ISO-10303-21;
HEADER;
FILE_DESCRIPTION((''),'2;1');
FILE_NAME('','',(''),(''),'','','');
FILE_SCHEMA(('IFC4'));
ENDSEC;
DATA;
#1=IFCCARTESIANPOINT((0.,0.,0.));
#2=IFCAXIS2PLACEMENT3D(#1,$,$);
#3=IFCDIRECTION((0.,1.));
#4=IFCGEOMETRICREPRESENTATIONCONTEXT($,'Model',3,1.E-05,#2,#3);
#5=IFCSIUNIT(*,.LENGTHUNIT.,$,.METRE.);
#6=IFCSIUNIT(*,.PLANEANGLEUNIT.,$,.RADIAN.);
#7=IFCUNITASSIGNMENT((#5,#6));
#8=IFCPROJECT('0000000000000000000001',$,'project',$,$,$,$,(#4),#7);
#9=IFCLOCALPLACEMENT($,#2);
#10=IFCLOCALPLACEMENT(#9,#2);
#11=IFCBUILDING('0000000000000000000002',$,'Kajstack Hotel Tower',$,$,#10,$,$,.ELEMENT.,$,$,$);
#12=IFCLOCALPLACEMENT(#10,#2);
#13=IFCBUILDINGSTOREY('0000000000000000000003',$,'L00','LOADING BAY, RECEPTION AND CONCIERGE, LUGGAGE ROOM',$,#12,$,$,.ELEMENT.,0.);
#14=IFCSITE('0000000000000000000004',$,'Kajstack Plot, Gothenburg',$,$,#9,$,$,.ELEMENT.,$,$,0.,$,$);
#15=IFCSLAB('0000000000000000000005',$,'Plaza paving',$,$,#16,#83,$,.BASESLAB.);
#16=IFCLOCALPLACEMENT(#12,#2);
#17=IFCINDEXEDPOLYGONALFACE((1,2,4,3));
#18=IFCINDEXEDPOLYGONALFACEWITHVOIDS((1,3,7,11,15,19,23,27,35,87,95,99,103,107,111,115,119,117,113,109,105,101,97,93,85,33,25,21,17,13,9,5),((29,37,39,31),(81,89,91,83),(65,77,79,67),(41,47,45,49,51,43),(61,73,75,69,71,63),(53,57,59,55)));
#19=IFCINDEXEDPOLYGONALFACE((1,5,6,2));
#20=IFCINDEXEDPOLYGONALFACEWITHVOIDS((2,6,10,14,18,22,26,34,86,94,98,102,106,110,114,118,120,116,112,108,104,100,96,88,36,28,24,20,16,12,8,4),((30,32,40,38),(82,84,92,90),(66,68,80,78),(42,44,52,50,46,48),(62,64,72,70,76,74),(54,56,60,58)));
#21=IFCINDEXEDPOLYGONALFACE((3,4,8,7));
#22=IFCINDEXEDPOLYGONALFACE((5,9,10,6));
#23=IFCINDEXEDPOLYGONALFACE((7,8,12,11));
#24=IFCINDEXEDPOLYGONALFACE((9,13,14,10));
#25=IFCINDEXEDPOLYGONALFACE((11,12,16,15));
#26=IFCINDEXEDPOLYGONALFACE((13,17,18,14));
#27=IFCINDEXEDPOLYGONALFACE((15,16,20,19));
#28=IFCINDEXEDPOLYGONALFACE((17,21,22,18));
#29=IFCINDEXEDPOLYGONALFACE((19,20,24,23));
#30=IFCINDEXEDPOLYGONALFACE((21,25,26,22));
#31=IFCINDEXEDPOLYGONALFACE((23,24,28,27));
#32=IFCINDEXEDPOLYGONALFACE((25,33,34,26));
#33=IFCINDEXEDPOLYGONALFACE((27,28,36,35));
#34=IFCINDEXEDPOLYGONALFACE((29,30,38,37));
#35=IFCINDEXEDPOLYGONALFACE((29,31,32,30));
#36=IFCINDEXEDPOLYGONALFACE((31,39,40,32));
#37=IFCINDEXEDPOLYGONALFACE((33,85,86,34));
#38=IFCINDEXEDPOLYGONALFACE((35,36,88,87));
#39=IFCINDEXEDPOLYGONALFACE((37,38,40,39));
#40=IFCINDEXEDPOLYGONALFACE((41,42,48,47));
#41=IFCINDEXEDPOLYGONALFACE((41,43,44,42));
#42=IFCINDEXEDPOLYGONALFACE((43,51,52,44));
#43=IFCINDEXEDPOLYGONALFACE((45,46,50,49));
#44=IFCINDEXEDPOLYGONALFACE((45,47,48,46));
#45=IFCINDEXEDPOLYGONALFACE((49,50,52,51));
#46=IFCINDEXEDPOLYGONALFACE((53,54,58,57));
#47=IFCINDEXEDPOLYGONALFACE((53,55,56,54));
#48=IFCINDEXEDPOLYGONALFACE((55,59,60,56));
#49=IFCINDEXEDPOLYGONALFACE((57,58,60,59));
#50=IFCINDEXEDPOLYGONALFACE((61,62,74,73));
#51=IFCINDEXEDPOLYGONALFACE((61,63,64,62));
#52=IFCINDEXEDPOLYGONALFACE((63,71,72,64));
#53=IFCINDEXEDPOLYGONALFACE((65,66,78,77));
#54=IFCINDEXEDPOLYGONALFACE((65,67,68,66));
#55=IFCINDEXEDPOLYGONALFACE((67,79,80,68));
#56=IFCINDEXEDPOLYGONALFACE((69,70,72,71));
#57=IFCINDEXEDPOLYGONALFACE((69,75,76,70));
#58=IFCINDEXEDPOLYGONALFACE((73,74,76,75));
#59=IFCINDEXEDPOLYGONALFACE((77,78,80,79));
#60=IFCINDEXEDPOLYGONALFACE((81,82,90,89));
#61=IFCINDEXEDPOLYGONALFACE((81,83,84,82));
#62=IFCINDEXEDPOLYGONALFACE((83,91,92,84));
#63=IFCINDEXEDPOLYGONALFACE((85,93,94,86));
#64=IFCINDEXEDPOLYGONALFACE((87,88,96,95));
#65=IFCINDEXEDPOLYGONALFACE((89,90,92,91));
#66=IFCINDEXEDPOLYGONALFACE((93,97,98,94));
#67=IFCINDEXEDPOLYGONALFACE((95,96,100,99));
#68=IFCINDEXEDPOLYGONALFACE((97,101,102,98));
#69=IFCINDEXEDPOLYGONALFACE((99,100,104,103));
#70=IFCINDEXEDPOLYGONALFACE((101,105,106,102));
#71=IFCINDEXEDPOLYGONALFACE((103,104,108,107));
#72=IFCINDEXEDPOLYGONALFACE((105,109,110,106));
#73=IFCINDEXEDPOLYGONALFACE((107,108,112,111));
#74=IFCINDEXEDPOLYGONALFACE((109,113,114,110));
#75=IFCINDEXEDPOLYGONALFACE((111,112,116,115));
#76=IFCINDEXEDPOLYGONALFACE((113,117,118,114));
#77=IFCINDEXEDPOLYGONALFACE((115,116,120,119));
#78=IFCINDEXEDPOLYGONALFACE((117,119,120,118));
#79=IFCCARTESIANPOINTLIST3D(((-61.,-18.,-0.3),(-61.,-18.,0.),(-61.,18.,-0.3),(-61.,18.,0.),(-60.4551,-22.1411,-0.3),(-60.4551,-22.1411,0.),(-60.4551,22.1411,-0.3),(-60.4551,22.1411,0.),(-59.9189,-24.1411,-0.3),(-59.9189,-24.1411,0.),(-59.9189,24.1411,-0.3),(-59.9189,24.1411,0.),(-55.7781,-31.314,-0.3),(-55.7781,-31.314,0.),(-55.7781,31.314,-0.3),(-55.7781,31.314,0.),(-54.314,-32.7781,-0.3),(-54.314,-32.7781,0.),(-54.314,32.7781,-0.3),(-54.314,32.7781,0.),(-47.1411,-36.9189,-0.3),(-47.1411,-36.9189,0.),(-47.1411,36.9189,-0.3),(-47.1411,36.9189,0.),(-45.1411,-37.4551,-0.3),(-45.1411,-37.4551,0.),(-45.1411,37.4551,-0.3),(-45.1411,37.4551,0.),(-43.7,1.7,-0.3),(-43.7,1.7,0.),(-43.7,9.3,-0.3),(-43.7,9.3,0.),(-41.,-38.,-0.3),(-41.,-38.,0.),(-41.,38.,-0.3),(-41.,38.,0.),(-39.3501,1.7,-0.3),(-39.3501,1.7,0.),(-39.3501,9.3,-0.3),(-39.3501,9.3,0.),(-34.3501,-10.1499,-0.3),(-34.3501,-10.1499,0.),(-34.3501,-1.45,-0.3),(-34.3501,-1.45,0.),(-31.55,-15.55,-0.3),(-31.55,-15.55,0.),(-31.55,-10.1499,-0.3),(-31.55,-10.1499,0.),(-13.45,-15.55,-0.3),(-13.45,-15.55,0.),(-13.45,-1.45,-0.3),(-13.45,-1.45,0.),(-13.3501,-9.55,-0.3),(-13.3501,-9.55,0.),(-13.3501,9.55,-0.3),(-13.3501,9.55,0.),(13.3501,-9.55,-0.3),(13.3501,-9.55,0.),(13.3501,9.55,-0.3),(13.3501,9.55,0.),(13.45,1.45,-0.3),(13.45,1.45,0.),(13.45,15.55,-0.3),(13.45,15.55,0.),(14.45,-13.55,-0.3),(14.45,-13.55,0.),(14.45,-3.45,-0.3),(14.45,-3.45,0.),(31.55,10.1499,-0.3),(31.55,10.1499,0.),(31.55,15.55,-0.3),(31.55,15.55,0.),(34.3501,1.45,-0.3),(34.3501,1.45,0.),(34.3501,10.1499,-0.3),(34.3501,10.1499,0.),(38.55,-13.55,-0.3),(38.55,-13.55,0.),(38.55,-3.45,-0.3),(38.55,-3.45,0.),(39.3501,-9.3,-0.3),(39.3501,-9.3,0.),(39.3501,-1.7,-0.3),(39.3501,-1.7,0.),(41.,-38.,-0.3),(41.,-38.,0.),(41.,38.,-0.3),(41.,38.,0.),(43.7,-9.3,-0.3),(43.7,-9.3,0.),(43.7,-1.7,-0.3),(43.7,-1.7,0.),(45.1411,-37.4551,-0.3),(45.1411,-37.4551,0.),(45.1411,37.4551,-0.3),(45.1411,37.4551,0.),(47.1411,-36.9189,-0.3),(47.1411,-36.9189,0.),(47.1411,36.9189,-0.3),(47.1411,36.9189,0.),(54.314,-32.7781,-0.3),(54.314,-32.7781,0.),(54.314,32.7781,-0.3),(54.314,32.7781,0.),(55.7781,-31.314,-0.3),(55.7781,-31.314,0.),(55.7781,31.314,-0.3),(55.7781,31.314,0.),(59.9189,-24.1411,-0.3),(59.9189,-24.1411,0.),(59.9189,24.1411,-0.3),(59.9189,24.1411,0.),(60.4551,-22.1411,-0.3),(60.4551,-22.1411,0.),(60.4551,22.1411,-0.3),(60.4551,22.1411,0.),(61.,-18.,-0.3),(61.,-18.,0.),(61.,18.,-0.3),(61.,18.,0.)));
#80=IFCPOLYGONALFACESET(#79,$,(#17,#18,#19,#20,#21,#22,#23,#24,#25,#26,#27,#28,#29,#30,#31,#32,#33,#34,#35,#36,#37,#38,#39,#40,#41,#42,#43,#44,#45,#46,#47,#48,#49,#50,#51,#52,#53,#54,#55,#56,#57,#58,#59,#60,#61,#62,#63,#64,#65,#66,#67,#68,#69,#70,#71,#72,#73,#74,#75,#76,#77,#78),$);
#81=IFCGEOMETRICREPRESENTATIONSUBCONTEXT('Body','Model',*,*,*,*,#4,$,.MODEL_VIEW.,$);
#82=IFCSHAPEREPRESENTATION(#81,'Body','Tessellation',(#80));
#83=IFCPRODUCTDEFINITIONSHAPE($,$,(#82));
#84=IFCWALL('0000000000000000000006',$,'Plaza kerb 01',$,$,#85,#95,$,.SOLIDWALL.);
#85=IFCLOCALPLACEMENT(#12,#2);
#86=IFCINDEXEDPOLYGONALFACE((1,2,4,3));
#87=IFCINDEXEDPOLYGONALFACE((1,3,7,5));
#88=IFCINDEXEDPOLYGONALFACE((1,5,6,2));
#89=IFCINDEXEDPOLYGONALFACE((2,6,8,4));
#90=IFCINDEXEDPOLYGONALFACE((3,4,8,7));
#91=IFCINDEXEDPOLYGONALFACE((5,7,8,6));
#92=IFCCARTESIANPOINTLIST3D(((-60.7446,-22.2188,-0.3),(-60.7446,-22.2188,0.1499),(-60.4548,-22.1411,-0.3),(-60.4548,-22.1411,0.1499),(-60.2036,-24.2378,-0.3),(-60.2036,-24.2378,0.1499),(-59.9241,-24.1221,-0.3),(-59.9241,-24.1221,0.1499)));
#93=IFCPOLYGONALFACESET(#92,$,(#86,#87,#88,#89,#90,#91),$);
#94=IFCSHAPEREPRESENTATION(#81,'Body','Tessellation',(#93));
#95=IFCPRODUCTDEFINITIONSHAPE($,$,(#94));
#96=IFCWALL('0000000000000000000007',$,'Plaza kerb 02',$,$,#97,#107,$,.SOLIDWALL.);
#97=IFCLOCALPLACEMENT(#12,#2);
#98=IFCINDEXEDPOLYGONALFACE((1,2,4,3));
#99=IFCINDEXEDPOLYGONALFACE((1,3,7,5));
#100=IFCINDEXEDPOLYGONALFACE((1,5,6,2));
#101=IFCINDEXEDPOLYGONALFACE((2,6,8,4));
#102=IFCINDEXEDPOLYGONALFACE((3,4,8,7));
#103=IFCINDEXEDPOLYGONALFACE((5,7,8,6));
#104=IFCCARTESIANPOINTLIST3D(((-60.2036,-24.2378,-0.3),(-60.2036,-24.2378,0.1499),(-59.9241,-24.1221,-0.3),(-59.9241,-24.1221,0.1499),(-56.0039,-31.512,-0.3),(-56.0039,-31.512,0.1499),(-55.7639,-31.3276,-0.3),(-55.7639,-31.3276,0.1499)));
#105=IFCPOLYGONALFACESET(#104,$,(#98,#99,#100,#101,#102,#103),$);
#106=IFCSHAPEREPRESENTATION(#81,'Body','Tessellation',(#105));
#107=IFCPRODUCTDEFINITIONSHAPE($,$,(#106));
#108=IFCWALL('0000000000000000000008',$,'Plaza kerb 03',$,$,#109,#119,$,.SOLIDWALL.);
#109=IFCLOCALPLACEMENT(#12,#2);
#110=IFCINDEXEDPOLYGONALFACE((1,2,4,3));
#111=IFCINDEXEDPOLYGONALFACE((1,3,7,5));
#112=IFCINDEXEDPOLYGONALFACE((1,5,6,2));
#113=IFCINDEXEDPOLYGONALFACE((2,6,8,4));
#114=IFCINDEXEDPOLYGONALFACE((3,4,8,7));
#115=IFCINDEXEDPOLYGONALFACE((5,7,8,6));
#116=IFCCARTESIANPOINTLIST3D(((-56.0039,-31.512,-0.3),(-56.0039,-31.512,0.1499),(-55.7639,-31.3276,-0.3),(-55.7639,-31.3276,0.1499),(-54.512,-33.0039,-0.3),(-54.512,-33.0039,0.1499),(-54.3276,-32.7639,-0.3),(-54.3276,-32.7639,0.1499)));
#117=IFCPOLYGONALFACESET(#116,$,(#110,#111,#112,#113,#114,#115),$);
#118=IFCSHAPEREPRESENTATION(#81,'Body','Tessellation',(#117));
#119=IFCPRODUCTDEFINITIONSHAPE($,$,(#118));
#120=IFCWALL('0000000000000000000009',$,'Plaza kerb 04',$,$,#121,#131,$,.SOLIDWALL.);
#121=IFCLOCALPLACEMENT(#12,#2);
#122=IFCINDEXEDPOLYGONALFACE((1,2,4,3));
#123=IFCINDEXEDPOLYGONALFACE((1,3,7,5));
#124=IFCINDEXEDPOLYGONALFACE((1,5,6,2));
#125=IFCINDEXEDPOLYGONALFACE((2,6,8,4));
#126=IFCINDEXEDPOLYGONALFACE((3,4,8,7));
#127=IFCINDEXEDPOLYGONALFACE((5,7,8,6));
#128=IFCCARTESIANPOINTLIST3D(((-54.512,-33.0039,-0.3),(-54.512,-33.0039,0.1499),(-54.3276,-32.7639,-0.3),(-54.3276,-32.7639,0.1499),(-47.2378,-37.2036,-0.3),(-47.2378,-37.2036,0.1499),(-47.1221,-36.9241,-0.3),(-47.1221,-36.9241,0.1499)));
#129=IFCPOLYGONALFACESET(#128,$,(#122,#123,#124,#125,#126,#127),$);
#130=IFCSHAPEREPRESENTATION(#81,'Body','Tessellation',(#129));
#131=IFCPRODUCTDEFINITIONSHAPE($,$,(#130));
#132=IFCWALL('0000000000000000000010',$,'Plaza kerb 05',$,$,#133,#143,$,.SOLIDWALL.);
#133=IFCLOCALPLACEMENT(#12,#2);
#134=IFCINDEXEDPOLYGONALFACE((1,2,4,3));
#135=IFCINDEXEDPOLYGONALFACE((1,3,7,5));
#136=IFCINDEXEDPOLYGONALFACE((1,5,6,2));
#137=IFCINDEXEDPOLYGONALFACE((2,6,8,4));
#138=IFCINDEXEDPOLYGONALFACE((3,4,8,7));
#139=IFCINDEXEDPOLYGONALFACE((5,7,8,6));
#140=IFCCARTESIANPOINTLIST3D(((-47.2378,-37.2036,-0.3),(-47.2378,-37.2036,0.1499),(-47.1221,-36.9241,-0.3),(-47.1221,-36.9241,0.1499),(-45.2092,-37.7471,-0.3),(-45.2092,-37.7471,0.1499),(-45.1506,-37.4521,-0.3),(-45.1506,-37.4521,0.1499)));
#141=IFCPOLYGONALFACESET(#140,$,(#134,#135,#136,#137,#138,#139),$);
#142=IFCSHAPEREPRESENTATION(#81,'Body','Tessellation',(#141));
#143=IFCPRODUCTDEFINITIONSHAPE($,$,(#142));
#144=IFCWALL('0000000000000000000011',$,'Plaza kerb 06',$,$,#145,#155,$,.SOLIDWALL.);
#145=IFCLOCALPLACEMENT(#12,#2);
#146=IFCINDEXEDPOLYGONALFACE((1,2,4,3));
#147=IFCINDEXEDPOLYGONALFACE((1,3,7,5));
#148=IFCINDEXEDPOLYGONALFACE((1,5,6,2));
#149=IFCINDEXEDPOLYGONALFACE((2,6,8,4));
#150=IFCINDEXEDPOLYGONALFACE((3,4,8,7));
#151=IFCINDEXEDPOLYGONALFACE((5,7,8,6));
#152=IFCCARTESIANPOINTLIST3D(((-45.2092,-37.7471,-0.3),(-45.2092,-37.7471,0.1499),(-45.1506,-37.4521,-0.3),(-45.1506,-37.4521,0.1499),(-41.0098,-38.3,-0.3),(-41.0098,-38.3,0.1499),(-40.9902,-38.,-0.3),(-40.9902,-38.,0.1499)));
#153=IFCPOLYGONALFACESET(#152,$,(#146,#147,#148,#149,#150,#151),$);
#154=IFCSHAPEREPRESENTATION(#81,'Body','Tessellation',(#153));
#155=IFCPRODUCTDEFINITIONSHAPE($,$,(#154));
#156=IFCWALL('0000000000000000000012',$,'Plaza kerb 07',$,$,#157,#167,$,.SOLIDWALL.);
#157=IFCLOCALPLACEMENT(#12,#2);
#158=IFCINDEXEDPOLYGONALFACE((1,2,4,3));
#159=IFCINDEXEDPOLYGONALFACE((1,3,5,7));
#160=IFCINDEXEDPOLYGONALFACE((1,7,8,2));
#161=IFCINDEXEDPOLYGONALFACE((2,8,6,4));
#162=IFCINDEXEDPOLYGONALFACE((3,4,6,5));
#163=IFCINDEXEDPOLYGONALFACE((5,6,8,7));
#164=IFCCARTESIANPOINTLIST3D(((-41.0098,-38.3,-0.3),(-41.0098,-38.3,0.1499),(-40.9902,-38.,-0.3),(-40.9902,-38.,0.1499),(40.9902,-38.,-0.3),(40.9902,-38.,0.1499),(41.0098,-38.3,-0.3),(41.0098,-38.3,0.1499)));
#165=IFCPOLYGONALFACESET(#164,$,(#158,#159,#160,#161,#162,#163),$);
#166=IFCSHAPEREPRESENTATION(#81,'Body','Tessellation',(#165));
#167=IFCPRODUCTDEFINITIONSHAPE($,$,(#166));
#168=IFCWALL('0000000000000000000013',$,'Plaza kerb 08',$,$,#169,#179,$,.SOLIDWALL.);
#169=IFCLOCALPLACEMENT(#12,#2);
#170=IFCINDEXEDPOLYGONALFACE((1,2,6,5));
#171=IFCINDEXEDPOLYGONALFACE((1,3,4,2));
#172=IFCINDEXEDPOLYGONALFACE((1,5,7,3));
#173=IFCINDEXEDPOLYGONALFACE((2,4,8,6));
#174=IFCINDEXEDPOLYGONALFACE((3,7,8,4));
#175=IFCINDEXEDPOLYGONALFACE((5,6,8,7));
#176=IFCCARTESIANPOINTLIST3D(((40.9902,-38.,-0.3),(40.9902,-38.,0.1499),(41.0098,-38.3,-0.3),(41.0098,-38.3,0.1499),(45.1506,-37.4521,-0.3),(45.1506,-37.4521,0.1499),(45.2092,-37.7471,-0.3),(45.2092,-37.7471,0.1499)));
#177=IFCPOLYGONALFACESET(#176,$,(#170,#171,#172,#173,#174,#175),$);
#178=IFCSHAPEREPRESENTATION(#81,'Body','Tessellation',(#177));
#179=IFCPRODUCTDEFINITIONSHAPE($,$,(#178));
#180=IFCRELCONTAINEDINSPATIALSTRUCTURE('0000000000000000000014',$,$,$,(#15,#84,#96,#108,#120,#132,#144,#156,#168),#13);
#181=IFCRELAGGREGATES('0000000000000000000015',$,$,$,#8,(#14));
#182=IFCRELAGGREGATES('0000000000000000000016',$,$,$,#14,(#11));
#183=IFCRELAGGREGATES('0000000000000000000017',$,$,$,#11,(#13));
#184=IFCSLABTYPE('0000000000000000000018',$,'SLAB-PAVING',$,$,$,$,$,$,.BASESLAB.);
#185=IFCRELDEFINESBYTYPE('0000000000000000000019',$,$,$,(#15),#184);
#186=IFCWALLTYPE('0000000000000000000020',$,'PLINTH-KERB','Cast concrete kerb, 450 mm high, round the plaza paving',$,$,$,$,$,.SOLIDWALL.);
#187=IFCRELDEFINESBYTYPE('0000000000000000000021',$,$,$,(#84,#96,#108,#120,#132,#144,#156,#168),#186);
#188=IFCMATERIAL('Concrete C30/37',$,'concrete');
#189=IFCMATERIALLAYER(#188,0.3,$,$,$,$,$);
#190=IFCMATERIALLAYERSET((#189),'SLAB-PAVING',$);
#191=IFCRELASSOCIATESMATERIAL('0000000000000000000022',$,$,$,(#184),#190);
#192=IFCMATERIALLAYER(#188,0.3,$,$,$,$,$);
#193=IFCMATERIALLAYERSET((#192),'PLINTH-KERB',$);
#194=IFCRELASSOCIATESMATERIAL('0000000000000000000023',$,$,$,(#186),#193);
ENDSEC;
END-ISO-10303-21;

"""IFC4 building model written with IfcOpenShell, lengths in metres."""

from ifc_helpers import new_model, si_unit, direction, frame, origin, place, context, subcontext, project, spatial, polyline, outline, extrude, material, layer, layer_set, type_object, element, save


model = new_model("IFC4")

# Units and contexts
model_context = context("Model", 3, precision=1e-05, world=origin(), true_north=direction((0.0, 1.0)))
body_context = subcontext(model_context, "Body", "Model", "MODEL_VIEW")
ifc_project = project(units=[si_unit("LENGTHUNIT", "METRE"), si_unit("PLANEANGLEUNIT", "RADIAN")], contexts=[model_context])

# Site, building, storey
site_placement = place(None, origin())
site = spatial("IfcSite", under=ifc_project, at=site_placement, Name="Kajstack Plot, Gothenburg", CompositionType="ELEMENT", RefElevation=0.0)
building_placement = place(site_placement, origin())
building = spatial("IfcBuilding", under=site, at=building_placement, Name="Kajstack Hotel Tower", CompositionType="ELEMENT")
storey_placement = place(building_placement, origin())
storey = spatial("IfcBuildingStorey", under=building, at=storey_placement, Name="L00", Description="LOADING BAY, RECEPTION AND CONCIERGE, LUGGAGE ROOM", CompositionType="ELEMENT", Elevation=0.0)

# Slab
ifc_material_1 = material(Name="Concrete C30/37", Category="concrete")
ifc_layer_1 = layer(ifc_material_1, 0.3)
ifc_layer_set_1 = layer_set([ifc_layer_1], Name="SLAB-PAVING")
slab_type = type_object("IfcSlabType", Name="SLAB-PAVING", PredefinedType="BASESLAB", material=ifc_layer_set_1)
slab_placement = place(storey_placement, frame((0.0, 0.0, -0.3)))
element("IfcSlab", 1, at=slab_placement, inside=storey, type_object=slab_type, Name="Plaza paving", PredefinedType="BASESLAB", context=body_context, shape_type="SweptSolid", body=[
    extrude(outline(polyline([(-60.4551, -22.1411), (-59.9189, -24.1411), (-55.7781, -31.314), (-54.314, -32.7781), (-47.1411, -36.9189), (-45.1411, -37.4551), (-41.0, -38.0), (41.0, -38.0), (45.1411, -37.4551), (47.1411, -36.9189), (54.314, -32.7781), (55.7781, -31.314), (59.9189, -24.1411), (60.4551, -22.1411), (61.0, -18.0), (61.0, 18.0), (60.4551, 22.1411), (59.9189, 24.1411), (55.7781, 31.314), (54.314, 32.7781), (47.1411, 36.9189), (45.1411, 37.4551), (41.0, 38.0), (-41.0, 38.0), (-45.1411, 37.4551), (-47.1411, 36.9189), (-54.314, 32.7781), (-55.7781, 31.314), (-59.9189, 24.1411), (-60.4551, 22.1411), (-61.0, 18.0), (-61.0, -18.0), (-60.4551, -22.1411)]), holes=[polyline([(13.3501, -9.55), (-13.3501, -9.55), (-13.3501, 9.55), (13.3501, 9.55), (13.3501, -9.55)]), polyline([(38.55, -13.55), (14.45, -13.55), (14.45, -3.45), (38.55, -3.45), (38.55, -13.55)]), polyline([(-13.45, -1.45), (-13.45, -15.55), (-31.55, -15.55), (-31.55, -10.1499), (-34.3501, -10.1499), (-34.3501, -1.45), (-13.45, -1.45)]), polyline([(13.45, 1.45), (13.45, 15.55), (31.55, 15.55), (31.55, 10.1499), (34.3501, 10.1499), (34.3501, 1.45), (13.45, 1.45)]), polyline([(-39.3501, 1.7), (-43.7, 1.7), (-43.7, 9.3), (-39.3501, 9.3), (-39.3501, 1.7)]), polyline([(39.3501, -1.7), (43.7, -1.7), (43.7, -9.3), (39.3501, -9.3), (39.3501, -1.7)])]), origin(), (0.0, 0.0, 1.0), 0.3),
])

# Walls
ifc_layer_2 = layer(ifc_material_1, 0.3)
ifc_layer_set_2 = layer_set([ifc_layer_2], Name="PLINTH-KERB")
wall_type_1 = type_object("IfcWallType", Name="PLINTH-KERB", Description="Cast concrete kerb, 450 mm high, round the plaza paving", PredefinedType="SOLIDWALL", material=ifc_layer_set_2)
wall_1_placement = place(storey_placement, frame((0.0, 0.0, -0.3)))
element("IfcWall", 2, at=wall_1_placement, inside=storey, type_object=wall_type_1, Name="Plaza kerb 01", PredefinedType="SOLIDWALL", context=body_context, shape_type="SweptSolid", body=[
    extrude(outline(polyline([(-60.4548, -22.1411), (-59.9241, -24.1221), (-60.2036, -24.2378), (-60.7446, -22.2188), (-60.4548, -22.1411)])), origin(), (0.0, 0.0, 1.0), 0.45),
])
wall_2_placement = place(storey_placement, frame((0.0, 0.0, -0.3)))
element("IfcWall", 3, at=wall_2_placement, inside=storey, type_object=wall_type_1, Name="Plaza kerb 02", PredefinedType="SOLIDWALL", context=body_context, shape_type="SweptSolid", body=[
    extrude(outline(polyline([(-59.9241, -24.1221), (-55.7639, -31.3276), (-56.0039, -31.512), (-60.2036, -24.2378), (-59.9241, -24.1221)])), origin(), (0.0, 0.0, 1.0), 0.45),
])
wall_3_placement = place(storey_placement, frame((0.0, 0.0, -0.3)))
element("IfcWall", 4, at=wall_3_placement, inside=storey, type_object=wall_type_1, Name="Plaza kerb 03", PredefinedType="SOLIDWALL", context=body_context, shape_type="SweptSolid", body=[
    extrude(outline(polyline([(-55.7639, -31.3276), (-54.3276, -32.7639), (-54.512, -33.0039), (-56.0039, -31.512), (-55.7639, -31.3276)])), origin(), (0.0, 0.0, 1.0), 0.45),
])
wall_4_placement = place(storey_placement, frame((0.0, 0.0, -0.3)))
element("IfcWall", 5, at=wall_4_placement, inside=storey, type_object=wall_type_1, Name="Plaza kerb 04", PredefinedType="SOLIDWALL", context=body_context, shape_type="SweptSolid", body=[
    extrude(outline(polyline([(-54.3276, -32.7639), (-47.1221, -36.9241), (-47.2378, -37.2036), (-54.512, -33.0039), (-54.3276, -32.7639)])), origin(), (0.0, 0.0, 1.0), 0.45),
])
wall_5_placement = place(storey_placement, frame((0.0, 0.0, -0.3)))
element("IfcWall", 6, at=wall_5_placement, inside=storey, type_object=wall_type_1, Name="Plaza kerb 05", PredefinedType="SOLIDWALL", context=body_context, shape_type="SweptSolid", body=[
    extrude(outline(polyline([(-47.1221, -36.9241), (-45.1506, -37.4521), (-45.2092, -37.7471), (-47.2378, -37.2036), (-47.1221, -36.9241)])), origin(), (0.0, 0.0, 1.0), 0.45),
])
wall_6_placement = place(storey_placement, frame((0.0, 0.0, -0.3)))
element("IfcWall", 7, at=wall_6_placement, inside=storey, type_object=wall_type_1, Name="Plaza kerb 06", PredefinedType="SOLIDWALL", context=body_context, shape_type="SweptSolid", body=[
    extrude(outline(polyline([(-45.1506, -37.4521), (-40.9902, -38.0), (-41.0098, -38.3), (-45.2092, -37.7471), (-45.1506, -37.4521)])), origin(), (0.0, 0.0, 1.0), 0.45),
])
wall_7_placement = place(storey_placement, frame((0.0, 0.0, -0.3)))
element("IfcWall", 8, at=wall_7_placement, inside=storey, type_object=wall_type_1, Name="Plaza kerb 07", PredefinedType="SOLIDWALL", context=body_context, shape_type="SweptSolid", body=[
    extrude(outline(polyline([(-40.9902, -38.0), (40.9902, -38.0), (41.0098, -38.3), (-41.0098, -38.3), (-40.9902, -38.0)])), origin(), (0.0, 0.0, 1.0), 0.45),
])
wall_8_placement = place(storey_placement, frame((0.0, 0.0, -0.3)))
element("IfcWall", 9, at=wall_8_placement, inside=storey, type_object=wall_type_1, Name="Plaza kerb 08", PredefinedType="SOLIDWALL", context=body_context, shape_type="SweptSolid", body=[
    extrude(outline(polyline([(40.9902, -38.0), (45.1506, -37.4521), (45.2092, -37.7471), (41.0098, -38.3), (40.9902, -38.0)])), origin(), (0.0, 0.0, 1.0), 0.45),
])

save(model, "model.ifc")
